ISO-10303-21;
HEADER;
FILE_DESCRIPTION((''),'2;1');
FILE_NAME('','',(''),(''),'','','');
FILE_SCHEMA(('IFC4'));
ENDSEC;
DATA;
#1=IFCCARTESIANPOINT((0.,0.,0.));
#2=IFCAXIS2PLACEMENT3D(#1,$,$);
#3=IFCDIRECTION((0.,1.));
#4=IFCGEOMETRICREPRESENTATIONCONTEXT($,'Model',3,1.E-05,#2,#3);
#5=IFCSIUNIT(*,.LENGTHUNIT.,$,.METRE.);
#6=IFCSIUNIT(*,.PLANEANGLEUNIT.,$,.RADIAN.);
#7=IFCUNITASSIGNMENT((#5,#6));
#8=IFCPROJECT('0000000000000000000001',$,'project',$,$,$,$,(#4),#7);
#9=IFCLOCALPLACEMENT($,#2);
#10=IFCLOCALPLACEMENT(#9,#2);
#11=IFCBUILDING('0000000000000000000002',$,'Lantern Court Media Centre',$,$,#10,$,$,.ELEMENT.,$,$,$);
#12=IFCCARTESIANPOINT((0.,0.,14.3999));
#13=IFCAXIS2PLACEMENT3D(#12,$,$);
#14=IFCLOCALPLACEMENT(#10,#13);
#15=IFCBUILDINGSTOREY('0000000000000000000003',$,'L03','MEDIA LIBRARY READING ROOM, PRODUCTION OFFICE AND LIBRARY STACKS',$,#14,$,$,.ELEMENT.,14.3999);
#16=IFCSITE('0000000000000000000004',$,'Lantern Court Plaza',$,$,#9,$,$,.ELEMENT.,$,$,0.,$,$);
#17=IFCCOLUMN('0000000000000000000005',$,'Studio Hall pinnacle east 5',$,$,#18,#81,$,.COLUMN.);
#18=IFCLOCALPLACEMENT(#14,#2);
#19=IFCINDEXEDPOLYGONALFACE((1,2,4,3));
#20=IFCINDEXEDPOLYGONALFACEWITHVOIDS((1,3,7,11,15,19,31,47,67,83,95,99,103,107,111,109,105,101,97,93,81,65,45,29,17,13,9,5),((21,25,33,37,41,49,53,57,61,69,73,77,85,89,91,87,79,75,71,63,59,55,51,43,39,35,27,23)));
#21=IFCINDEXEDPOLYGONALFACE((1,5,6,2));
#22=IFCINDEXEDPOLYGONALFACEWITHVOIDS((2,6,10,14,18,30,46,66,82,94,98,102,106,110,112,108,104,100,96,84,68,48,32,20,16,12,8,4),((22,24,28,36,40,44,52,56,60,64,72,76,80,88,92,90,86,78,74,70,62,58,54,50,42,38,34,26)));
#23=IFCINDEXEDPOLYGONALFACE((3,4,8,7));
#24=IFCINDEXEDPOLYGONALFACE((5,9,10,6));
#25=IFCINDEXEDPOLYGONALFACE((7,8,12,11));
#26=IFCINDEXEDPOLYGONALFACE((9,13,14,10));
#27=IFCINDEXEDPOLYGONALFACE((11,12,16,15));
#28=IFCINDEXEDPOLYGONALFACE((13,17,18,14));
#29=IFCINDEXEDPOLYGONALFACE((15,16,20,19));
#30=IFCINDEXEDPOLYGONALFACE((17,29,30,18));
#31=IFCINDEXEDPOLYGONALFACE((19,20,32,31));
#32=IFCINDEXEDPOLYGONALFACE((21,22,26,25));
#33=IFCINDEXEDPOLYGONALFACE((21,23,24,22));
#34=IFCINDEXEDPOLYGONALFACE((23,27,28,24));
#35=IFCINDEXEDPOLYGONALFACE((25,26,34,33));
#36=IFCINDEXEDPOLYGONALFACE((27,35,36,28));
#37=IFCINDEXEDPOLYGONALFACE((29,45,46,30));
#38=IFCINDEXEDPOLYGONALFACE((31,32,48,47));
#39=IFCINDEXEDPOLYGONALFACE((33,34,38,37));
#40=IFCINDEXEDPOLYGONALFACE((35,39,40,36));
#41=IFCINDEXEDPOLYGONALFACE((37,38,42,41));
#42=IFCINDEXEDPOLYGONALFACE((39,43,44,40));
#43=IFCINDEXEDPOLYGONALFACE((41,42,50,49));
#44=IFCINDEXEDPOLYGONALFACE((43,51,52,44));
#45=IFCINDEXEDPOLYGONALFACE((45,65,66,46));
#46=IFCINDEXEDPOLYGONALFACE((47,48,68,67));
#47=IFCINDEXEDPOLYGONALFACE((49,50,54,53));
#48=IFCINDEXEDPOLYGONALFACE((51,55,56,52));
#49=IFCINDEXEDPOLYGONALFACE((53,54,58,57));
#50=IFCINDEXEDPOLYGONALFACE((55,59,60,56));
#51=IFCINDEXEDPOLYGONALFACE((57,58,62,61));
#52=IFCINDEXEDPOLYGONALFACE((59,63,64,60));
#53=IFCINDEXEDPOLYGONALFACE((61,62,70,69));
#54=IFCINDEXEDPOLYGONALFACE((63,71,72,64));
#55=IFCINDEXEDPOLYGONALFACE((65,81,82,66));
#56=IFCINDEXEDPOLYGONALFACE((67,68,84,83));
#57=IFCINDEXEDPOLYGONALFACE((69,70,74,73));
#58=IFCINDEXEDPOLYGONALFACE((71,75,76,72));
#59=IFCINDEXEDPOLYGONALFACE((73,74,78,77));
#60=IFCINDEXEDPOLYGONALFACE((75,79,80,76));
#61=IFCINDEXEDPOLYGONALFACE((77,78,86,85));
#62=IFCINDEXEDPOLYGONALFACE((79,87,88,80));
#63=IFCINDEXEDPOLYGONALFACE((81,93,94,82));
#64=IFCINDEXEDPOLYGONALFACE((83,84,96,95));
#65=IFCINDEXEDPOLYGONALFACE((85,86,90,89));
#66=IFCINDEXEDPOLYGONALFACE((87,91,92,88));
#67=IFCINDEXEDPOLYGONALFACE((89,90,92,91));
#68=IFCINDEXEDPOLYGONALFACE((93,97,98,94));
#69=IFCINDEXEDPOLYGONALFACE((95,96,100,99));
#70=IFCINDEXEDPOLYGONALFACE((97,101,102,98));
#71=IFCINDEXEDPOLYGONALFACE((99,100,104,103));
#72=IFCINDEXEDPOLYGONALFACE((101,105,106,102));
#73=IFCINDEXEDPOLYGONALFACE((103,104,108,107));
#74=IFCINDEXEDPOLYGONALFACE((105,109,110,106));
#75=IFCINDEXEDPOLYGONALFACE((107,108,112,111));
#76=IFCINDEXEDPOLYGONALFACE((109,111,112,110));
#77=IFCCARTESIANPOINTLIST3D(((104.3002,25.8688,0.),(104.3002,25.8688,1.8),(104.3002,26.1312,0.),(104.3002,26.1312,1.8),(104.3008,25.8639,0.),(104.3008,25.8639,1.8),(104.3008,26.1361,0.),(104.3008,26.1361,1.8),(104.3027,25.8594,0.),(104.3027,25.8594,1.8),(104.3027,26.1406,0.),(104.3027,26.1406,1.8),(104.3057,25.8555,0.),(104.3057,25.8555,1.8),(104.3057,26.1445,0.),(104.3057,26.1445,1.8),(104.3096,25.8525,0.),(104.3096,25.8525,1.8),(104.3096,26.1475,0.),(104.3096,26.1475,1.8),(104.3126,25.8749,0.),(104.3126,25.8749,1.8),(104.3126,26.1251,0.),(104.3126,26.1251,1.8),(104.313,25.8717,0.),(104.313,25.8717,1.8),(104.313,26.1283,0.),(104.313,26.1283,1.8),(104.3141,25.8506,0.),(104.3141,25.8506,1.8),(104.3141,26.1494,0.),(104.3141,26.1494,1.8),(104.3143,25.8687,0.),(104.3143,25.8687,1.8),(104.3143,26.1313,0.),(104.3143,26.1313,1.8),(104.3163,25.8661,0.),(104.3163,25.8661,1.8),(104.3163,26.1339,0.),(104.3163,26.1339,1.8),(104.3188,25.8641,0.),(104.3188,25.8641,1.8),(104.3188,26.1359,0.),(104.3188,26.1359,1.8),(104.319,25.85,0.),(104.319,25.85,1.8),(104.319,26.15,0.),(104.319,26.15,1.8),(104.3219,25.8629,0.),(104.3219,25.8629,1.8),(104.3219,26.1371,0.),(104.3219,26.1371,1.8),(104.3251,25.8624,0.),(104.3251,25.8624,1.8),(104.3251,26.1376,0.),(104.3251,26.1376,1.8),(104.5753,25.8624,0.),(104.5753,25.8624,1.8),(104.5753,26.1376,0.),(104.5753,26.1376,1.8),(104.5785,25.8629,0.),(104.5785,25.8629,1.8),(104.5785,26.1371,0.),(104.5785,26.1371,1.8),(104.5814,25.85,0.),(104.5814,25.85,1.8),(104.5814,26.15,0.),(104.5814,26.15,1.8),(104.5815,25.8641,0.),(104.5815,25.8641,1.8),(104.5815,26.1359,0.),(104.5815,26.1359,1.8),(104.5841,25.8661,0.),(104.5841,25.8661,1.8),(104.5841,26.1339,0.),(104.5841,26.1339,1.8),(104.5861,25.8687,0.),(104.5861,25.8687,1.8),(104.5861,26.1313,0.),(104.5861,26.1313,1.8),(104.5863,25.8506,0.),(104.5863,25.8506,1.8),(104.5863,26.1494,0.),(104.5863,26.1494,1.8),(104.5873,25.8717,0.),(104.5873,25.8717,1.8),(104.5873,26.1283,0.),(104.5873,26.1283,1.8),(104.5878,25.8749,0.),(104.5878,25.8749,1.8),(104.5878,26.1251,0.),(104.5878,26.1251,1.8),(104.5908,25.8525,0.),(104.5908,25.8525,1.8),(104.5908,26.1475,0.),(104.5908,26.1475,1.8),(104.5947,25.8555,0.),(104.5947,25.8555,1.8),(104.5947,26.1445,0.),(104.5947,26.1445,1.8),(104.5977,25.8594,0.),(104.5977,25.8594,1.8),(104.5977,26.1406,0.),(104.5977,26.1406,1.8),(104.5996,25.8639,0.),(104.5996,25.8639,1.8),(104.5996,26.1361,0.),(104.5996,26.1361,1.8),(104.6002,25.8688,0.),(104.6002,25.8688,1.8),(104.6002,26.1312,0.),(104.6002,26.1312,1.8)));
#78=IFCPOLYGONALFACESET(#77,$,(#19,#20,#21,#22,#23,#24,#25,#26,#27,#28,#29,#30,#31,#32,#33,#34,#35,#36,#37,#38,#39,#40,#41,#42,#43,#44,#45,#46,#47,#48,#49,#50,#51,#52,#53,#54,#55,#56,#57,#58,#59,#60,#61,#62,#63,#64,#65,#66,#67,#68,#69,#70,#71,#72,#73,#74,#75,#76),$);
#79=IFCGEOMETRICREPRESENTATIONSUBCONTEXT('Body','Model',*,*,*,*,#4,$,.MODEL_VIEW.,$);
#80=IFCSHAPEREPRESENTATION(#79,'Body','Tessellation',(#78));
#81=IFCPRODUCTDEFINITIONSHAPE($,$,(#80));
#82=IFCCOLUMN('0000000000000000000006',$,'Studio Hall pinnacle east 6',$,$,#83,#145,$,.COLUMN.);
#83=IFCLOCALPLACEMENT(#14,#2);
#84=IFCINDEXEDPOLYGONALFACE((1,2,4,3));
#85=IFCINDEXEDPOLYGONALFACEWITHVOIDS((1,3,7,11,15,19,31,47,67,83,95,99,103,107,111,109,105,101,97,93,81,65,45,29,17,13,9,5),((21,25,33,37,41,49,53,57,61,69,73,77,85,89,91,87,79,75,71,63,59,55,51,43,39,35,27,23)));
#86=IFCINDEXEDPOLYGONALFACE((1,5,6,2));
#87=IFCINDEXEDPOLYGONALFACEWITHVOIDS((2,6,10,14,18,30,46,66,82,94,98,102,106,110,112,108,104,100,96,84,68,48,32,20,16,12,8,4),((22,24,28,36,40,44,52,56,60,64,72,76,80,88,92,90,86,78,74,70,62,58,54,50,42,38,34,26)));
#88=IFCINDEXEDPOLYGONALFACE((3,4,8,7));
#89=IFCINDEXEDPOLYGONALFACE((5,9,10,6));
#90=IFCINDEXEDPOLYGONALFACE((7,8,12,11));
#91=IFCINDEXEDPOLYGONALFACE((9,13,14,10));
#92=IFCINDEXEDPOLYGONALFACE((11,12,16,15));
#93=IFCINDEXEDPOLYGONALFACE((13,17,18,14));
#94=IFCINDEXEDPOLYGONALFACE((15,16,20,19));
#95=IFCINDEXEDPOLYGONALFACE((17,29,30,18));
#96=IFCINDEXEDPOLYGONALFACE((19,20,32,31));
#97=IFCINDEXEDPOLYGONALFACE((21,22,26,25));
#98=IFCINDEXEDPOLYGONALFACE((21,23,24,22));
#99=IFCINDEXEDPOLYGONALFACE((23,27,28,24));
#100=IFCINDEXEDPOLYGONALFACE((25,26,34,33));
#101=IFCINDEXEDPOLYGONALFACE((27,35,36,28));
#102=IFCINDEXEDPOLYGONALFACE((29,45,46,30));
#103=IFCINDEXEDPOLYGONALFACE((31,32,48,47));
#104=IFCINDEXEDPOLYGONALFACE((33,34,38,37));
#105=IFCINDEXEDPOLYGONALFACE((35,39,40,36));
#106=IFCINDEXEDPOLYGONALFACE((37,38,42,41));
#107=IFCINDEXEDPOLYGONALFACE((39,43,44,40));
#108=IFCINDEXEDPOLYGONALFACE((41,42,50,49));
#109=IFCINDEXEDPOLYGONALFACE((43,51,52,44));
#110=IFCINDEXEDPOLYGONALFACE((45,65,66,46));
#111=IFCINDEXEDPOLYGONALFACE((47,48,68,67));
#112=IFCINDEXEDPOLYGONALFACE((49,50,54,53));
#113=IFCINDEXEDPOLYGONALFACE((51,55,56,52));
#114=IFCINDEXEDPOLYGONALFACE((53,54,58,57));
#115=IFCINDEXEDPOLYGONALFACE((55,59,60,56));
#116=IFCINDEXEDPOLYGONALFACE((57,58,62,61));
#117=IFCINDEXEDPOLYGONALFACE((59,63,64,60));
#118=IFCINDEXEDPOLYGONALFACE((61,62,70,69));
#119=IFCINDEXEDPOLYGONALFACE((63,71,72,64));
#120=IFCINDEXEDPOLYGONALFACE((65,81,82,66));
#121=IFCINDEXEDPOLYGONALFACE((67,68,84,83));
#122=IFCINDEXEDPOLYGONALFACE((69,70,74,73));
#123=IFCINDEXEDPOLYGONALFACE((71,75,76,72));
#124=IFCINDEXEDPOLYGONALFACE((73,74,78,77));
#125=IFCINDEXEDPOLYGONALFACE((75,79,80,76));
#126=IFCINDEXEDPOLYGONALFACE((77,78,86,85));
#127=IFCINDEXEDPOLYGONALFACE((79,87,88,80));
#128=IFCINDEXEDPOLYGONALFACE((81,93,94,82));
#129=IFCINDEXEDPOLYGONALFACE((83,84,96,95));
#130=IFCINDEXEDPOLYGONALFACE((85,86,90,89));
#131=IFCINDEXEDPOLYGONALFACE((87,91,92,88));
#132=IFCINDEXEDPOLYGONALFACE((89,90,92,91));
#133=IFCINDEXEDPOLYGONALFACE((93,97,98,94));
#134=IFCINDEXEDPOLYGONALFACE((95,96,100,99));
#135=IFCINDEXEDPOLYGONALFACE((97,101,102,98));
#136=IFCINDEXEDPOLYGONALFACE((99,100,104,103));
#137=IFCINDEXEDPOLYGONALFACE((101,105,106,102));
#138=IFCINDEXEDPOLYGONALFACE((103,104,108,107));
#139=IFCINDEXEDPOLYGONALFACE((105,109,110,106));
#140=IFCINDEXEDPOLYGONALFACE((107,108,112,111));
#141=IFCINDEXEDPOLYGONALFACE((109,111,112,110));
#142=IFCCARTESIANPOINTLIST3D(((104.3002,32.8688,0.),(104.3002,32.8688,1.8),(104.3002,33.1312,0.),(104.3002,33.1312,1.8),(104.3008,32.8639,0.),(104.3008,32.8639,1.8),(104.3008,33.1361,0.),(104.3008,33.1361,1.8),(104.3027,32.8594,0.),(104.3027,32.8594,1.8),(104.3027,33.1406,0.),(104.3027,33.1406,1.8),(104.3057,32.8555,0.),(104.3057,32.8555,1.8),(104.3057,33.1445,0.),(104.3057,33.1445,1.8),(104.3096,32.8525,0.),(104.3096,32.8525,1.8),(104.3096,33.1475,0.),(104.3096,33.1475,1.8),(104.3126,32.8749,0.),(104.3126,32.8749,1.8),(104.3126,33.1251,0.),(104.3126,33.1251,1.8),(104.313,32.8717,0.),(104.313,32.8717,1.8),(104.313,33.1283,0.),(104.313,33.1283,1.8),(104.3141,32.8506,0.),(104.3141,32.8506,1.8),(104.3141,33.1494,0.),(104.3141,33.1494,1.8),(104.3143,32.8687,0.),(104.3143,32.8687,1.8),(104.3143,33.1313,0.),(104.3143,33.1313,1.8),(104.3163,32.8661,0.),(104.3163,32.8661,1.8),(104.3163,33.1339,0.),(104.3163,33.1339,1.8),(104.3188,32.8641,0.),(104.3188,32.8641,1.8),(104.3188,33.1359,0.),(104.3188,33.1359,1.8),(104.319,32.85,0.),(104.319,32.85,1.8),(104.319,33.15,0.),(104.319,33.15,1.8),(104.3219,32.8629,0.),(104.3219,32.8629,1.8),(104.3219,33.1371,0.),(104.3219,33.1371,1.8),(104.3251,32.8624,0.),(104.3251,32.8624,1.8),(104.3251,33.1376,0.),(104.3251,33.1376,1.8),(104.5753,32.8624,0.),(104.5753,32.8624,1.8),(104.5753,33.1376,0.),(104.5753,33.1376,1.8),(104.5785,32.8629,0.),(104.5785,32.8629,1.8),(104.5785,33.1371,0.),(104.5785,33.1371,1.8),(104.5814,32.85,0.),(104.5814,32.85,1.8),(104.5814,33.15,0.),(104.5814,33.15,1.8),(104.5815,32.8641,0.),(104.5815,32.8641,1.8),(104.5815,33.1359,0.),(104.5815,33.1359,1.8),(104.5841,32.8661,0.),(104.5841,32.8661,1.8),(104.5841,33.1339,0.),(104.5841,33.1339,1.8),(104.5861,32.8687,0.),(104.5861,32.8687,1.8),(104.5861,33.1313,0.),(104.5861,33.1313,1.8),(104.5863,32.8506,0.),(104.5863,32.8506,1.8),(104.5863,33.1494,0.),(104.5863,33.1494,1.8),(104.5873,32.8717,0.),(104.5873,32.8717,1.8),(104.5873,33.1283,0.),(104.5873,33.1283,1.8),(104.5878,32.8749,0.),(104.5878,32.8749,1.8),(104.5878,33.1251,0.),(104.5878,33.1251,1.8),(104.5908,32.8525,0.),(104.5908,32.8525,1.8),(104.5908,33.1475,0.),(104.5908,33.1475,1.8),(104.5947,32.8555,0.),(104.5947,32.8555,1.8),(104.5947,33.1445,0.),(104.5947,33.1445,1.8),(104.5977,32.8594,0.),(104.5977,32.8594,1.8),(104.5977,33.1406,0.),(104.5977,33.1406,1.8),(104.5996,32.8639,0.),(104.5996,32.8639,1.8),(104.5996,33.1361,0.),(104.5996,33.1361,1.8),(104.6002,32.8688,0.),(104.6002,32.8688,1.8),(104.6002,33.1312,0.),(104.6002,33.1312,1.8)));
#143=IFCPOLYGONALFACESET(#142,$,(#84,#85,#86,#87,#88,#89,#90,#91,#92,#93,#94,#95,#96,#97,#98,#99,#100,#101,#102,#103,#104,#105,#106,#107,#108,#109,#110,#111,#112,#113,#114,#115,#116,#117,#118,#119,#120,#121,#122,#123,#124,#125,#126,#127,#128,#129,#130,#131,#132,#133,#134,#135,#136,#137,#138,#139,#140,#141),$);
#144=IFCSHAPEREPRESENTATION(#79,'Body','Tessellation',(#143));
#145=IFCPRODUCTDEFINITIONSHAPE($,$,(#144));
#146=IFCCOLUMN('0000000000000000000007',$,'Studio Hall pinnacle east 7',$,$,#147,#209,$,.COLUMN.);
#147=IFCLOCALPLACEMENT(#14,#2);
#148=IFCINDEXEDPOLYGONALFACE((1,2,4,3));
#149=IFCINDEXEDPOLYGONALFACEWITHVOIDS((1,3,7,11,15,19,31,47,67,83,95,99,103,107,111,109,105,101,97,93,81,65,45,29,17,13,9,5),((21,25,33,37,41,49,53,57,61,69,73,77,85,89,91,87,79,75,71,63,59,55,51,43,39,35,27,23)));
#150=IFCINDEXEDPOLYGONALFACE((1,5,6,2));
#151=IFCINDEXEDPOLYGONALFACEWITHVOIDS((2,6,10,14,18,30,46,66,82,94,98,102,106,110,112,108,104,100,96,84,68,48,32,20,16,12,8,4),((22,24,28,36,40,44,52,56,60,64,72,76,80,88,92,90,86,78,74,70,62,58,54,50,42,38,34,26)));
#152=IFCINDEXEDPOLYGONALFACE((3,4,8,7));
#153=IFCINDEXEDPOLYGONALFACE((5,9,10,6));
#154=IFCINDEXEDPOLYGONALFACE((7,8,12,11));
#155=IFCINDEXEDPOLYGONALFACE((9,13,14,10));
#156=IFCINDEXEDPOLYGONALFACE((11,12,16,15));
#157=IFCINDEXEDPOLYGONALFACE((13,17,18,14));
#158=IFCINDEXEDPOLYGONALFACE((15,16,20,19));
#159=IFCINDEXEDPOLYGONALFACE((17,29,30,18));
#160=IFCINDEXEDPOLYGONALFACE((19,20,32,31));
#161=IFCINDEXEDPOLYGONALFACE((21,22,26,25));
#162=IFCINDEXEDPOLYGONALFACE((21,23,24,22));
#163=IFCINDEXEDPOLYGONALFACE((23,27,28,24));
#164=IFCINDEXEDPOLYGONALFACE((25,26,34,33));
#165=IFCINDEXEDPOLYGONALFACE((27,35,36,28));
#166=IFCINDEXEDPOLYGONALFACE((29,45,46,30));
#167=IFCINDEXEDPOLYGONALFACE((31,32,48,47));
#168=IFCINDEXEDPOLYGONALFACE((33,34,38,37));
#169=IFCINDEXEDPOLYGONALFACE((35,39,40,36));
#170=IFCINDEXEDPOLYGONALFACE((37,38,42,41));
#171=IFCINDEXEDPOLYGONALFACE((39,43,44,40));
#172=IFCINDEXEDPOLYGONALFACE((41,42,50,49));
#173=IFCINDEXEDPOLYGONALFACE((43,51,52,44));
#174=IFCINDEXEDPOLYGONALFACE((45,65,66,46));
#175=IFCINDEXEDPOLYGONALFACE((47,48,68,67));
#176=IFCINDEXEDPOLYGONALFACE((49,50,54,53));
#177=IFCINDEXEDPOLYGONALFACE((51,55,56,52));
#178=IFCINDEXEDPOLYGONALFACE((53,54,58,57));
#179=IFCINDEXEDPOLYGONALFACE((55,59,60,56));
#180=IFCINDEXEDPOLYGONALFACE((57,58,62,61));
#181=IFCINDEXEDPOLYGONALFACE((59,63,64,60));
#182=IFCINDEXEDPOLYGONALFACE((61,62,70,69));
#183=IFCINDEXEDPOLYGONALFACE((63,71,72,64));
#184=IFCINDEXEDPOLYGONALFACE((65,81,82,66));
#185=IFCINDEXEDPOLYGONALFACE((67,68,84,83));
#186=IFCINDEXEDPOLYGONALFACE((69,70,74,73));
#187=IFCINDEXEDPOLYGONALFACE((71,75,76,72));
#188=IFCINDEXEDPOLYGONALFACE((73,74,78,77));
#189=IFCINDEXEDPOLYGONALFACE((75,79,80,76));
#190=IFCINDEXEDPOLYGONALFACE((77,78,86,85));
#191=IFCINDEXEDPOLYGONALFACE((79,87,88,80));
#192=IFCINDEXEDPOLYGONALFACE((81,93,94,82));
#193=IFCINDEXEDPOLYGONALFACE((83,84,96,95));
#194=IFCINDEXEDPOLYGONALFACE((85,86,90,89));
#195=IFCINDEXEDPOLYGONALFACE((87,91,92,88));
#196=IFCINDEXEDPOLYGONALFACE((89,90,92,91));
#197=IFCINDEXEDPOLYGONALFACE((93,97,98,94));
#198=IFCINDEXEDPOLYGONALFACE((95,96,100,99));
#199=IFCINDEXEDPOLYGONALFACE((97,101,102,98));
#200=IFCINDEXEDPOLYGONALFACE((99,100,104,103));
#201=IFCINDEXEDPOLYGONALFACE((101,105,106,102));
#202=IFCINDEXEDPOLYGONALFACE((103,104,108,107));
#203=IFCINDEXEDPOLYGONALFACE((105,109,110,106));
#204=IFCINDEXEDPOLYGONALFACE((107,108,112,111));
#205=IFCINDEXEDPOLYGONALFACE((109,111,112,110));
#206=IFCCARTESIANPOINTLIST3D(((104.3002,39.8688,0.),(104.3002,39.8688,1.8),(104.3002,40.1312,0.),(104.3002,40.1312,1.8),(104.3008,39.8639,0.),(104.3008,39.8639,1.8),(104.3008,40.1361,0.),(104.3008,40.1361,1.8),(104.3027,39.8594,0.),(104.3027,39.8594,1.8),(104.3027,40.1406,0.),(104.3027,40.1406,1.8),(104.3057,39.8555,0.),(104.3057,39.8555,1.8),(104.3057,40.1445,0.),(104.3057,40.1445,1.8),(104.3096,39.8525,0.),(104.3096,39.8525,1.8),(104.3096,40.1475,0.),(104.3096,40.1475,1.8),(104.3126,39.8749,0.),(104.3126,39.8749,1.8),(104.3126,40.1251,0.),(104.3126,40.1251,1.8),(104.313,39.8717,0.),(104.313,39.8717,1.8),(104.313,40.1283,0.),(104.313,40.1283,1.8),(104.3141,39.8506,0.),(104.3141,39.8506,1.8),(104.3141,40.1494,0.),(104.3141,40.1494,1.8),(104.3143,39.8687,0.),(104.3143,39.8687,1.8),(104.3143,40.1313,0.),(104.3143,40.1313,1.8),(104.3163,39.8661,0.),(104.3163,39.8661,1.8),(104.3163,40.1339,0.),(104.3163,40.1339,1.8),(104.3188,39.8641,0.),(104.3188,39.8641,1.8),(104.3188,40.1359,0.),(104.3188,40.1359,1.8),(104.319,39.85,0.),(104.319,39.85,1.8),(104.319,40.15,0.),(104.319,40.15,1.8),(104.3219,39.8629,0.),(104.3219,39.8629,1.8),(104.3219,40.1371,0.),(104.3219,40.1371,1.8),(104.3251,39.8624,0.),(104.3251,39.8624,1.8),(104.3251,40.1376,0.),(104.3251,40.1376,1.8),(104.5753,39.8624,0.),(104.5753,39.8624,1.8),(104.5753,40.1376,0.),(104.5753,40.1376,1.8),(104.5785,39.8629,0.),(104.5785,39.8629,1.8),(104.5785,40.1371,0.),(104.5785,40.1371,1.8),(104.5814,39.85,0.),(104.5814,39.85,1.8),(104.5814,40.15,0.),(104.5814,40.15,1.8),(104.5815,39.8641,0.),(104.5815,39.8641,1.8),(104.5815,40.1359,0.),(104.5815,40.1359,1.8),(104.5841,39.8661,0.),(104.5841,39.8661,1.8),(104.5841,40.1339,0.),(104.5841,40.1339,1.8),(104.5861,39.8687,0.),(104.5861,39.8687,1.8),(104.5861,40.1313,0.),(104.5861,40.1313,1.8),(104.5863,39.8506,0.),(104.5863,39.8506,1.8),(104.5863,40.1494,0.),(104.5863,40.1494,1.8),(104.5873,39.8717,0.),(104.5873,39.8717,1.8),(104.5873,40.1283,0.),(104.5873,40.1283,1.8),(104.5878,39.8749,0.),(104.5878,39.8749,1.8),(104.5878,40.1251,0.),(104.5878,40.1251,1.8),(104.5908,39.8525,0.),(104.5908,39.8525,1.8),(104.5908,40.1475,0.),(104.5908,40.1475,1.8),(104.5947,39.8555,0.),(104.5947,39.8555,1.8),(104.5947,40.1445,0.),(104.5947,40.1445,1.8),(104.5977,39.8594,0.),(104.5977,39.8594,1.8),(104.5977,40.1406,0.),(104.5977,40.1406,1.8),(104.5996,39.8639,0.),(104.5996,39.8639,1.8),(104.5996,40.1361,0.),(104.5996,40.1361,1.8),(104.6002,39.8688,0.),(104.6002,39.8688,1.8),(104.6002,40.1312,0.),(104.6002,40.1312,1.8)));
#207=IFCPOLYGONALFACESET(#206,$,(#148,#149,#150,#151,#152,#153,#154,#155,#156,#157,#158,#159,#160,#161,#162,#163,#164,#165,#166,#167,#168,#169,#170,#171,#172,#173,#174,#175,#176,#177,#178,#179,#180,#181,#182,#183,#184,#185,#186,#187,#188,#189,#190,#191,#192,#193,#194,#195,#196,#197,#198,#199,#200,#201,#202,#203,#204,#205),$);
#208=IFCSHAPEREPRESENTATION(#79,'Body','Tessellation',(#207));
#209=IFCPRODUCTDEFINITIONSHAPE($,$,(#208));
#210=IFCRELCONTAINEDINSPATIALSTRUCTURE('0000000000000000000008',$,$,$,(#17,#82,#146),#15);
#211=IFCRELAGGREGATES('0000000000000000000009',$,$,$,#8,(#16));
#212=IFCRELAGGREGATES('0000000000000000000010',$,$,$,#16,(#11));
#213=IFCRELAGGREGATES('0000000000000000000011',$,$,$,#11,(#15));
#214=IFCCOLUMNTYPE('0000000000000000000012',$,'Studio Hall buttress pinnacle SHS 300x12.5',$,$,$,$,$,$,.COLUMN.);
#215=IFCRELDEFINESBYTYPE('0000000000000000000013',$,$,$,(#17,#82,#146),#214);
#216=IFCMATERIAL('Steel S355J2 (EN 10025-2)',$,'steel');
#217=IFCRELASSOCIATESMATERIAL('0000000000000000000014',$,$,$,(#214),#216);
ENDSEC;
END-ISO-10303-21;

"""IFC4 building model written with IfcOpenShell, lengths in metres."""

from ifc_helpers import new_model, si_unit, direction, frame, origin, origin_2d, place, context, subcontext, project, spatial, hollow_rectangle, extrude, material, material_profile, profile_set, type_object, element, save


model = new_model("IFC4")

# Units and contexts
model_context = context("Model", 3, precision=1e-05, world=origin(), true_north=direction((0.0, 1.0)))
body_context = subcontext(model_context, "Body", "Model", "MODEL_VIEW")
ifc_project = project(units=[si_unit("LENGTHUNIT", "METRE"), si_unit("PLANEANGLEUNIT", "RADIAN")], contexts=[model_context])

# Site, building, storey
site_placement = place(None, origin())
site = spatial("IfcSite", under=ifc_project, at=site_placement, Name="Lantern Court Plaza", CompositionType="ELEMENT", RefElevation=0.0)
building_placement = place(site_placement, origin())
building = spatial("IfcBuilding", under=site, at=building_placement, Name="Lantern Court Media Centre", CompositionType="ELEMENT")
storey_placement = place(building_placement, frame((0.0, 0.0, 14.3999)))
storey = spatial("IfcBuildingStorey", under=building, at=storey_placement, Name="L03", Description="MEDIA LIBRARY READING ROOM, PRODUCTION OFFICE AND LIBRARY STACKS", CompositionType="ELEMENT", Elevation=14.3999)

# Columns
ifc_material_1 = material(Name="Steel S355J2 (EN 10025-2)", Category="steel")
ifc_material_profile_1 = material_profile(ifc_material_1, hollow_rectangle(XDim=0.3, YDim=0.3, WallThickness=0.0125, InnerFilletRadius=0.0125, OuterFilletRadius=0.0188, at=origin_2d()), Name="Studio Hall buttress pinnacle SHS 300x12.5")
ifc_profile_set_1 = profile_set([ifc_material_profile_1], Name="Steel S355J2 (EN 10025-2)")
column_type = type_object("IfcColumnType", Name="Studio Hall buttress pinnacle SHS 300x12.5", PredefinedType="COLUMN", material=ifc_profile_set_1)
for number, where, z_axis, x_axis, name in (
    (1, (104.4502, 26.0, 0.0), (0.0, 0.0, 1.0), (1.0, 0.0, 0.0), "Studio Hall pinnacle east 5"),
    (2, (104.4502, 33.0, 0.0), (0.0, 0.0, 1.0), (1.0, 0.0, 0.0), "Studio Hall pinnacle east 6"),
    (3, (104.4502, 40.0, 0.0), (0.0, 0.0, 1.0), (1.0, 0.0, 0.0), "Studio Hall pinnacle east 7"),
):
    element("IfcColumn", number, at=place(storey_placement, frame(where, z_axis=z_axis, x_axis=x_axis)), inside=storey, type_object=column_type, Name=name, PredefinedType="COLUMN", context=body_context, shape_type="SweptSolid", body=[
        extrude(hollow_rectangle(XDim=0.3, YDim=0.3, WallThickness=0.0125, InnerFilletRadius=0.0125, OuterFilletRadius=0.0188, at=origin_2d()), origin(), (0.0, 0.0, 1.0), 1.8),
    ])

save(model, "model.ifc")
